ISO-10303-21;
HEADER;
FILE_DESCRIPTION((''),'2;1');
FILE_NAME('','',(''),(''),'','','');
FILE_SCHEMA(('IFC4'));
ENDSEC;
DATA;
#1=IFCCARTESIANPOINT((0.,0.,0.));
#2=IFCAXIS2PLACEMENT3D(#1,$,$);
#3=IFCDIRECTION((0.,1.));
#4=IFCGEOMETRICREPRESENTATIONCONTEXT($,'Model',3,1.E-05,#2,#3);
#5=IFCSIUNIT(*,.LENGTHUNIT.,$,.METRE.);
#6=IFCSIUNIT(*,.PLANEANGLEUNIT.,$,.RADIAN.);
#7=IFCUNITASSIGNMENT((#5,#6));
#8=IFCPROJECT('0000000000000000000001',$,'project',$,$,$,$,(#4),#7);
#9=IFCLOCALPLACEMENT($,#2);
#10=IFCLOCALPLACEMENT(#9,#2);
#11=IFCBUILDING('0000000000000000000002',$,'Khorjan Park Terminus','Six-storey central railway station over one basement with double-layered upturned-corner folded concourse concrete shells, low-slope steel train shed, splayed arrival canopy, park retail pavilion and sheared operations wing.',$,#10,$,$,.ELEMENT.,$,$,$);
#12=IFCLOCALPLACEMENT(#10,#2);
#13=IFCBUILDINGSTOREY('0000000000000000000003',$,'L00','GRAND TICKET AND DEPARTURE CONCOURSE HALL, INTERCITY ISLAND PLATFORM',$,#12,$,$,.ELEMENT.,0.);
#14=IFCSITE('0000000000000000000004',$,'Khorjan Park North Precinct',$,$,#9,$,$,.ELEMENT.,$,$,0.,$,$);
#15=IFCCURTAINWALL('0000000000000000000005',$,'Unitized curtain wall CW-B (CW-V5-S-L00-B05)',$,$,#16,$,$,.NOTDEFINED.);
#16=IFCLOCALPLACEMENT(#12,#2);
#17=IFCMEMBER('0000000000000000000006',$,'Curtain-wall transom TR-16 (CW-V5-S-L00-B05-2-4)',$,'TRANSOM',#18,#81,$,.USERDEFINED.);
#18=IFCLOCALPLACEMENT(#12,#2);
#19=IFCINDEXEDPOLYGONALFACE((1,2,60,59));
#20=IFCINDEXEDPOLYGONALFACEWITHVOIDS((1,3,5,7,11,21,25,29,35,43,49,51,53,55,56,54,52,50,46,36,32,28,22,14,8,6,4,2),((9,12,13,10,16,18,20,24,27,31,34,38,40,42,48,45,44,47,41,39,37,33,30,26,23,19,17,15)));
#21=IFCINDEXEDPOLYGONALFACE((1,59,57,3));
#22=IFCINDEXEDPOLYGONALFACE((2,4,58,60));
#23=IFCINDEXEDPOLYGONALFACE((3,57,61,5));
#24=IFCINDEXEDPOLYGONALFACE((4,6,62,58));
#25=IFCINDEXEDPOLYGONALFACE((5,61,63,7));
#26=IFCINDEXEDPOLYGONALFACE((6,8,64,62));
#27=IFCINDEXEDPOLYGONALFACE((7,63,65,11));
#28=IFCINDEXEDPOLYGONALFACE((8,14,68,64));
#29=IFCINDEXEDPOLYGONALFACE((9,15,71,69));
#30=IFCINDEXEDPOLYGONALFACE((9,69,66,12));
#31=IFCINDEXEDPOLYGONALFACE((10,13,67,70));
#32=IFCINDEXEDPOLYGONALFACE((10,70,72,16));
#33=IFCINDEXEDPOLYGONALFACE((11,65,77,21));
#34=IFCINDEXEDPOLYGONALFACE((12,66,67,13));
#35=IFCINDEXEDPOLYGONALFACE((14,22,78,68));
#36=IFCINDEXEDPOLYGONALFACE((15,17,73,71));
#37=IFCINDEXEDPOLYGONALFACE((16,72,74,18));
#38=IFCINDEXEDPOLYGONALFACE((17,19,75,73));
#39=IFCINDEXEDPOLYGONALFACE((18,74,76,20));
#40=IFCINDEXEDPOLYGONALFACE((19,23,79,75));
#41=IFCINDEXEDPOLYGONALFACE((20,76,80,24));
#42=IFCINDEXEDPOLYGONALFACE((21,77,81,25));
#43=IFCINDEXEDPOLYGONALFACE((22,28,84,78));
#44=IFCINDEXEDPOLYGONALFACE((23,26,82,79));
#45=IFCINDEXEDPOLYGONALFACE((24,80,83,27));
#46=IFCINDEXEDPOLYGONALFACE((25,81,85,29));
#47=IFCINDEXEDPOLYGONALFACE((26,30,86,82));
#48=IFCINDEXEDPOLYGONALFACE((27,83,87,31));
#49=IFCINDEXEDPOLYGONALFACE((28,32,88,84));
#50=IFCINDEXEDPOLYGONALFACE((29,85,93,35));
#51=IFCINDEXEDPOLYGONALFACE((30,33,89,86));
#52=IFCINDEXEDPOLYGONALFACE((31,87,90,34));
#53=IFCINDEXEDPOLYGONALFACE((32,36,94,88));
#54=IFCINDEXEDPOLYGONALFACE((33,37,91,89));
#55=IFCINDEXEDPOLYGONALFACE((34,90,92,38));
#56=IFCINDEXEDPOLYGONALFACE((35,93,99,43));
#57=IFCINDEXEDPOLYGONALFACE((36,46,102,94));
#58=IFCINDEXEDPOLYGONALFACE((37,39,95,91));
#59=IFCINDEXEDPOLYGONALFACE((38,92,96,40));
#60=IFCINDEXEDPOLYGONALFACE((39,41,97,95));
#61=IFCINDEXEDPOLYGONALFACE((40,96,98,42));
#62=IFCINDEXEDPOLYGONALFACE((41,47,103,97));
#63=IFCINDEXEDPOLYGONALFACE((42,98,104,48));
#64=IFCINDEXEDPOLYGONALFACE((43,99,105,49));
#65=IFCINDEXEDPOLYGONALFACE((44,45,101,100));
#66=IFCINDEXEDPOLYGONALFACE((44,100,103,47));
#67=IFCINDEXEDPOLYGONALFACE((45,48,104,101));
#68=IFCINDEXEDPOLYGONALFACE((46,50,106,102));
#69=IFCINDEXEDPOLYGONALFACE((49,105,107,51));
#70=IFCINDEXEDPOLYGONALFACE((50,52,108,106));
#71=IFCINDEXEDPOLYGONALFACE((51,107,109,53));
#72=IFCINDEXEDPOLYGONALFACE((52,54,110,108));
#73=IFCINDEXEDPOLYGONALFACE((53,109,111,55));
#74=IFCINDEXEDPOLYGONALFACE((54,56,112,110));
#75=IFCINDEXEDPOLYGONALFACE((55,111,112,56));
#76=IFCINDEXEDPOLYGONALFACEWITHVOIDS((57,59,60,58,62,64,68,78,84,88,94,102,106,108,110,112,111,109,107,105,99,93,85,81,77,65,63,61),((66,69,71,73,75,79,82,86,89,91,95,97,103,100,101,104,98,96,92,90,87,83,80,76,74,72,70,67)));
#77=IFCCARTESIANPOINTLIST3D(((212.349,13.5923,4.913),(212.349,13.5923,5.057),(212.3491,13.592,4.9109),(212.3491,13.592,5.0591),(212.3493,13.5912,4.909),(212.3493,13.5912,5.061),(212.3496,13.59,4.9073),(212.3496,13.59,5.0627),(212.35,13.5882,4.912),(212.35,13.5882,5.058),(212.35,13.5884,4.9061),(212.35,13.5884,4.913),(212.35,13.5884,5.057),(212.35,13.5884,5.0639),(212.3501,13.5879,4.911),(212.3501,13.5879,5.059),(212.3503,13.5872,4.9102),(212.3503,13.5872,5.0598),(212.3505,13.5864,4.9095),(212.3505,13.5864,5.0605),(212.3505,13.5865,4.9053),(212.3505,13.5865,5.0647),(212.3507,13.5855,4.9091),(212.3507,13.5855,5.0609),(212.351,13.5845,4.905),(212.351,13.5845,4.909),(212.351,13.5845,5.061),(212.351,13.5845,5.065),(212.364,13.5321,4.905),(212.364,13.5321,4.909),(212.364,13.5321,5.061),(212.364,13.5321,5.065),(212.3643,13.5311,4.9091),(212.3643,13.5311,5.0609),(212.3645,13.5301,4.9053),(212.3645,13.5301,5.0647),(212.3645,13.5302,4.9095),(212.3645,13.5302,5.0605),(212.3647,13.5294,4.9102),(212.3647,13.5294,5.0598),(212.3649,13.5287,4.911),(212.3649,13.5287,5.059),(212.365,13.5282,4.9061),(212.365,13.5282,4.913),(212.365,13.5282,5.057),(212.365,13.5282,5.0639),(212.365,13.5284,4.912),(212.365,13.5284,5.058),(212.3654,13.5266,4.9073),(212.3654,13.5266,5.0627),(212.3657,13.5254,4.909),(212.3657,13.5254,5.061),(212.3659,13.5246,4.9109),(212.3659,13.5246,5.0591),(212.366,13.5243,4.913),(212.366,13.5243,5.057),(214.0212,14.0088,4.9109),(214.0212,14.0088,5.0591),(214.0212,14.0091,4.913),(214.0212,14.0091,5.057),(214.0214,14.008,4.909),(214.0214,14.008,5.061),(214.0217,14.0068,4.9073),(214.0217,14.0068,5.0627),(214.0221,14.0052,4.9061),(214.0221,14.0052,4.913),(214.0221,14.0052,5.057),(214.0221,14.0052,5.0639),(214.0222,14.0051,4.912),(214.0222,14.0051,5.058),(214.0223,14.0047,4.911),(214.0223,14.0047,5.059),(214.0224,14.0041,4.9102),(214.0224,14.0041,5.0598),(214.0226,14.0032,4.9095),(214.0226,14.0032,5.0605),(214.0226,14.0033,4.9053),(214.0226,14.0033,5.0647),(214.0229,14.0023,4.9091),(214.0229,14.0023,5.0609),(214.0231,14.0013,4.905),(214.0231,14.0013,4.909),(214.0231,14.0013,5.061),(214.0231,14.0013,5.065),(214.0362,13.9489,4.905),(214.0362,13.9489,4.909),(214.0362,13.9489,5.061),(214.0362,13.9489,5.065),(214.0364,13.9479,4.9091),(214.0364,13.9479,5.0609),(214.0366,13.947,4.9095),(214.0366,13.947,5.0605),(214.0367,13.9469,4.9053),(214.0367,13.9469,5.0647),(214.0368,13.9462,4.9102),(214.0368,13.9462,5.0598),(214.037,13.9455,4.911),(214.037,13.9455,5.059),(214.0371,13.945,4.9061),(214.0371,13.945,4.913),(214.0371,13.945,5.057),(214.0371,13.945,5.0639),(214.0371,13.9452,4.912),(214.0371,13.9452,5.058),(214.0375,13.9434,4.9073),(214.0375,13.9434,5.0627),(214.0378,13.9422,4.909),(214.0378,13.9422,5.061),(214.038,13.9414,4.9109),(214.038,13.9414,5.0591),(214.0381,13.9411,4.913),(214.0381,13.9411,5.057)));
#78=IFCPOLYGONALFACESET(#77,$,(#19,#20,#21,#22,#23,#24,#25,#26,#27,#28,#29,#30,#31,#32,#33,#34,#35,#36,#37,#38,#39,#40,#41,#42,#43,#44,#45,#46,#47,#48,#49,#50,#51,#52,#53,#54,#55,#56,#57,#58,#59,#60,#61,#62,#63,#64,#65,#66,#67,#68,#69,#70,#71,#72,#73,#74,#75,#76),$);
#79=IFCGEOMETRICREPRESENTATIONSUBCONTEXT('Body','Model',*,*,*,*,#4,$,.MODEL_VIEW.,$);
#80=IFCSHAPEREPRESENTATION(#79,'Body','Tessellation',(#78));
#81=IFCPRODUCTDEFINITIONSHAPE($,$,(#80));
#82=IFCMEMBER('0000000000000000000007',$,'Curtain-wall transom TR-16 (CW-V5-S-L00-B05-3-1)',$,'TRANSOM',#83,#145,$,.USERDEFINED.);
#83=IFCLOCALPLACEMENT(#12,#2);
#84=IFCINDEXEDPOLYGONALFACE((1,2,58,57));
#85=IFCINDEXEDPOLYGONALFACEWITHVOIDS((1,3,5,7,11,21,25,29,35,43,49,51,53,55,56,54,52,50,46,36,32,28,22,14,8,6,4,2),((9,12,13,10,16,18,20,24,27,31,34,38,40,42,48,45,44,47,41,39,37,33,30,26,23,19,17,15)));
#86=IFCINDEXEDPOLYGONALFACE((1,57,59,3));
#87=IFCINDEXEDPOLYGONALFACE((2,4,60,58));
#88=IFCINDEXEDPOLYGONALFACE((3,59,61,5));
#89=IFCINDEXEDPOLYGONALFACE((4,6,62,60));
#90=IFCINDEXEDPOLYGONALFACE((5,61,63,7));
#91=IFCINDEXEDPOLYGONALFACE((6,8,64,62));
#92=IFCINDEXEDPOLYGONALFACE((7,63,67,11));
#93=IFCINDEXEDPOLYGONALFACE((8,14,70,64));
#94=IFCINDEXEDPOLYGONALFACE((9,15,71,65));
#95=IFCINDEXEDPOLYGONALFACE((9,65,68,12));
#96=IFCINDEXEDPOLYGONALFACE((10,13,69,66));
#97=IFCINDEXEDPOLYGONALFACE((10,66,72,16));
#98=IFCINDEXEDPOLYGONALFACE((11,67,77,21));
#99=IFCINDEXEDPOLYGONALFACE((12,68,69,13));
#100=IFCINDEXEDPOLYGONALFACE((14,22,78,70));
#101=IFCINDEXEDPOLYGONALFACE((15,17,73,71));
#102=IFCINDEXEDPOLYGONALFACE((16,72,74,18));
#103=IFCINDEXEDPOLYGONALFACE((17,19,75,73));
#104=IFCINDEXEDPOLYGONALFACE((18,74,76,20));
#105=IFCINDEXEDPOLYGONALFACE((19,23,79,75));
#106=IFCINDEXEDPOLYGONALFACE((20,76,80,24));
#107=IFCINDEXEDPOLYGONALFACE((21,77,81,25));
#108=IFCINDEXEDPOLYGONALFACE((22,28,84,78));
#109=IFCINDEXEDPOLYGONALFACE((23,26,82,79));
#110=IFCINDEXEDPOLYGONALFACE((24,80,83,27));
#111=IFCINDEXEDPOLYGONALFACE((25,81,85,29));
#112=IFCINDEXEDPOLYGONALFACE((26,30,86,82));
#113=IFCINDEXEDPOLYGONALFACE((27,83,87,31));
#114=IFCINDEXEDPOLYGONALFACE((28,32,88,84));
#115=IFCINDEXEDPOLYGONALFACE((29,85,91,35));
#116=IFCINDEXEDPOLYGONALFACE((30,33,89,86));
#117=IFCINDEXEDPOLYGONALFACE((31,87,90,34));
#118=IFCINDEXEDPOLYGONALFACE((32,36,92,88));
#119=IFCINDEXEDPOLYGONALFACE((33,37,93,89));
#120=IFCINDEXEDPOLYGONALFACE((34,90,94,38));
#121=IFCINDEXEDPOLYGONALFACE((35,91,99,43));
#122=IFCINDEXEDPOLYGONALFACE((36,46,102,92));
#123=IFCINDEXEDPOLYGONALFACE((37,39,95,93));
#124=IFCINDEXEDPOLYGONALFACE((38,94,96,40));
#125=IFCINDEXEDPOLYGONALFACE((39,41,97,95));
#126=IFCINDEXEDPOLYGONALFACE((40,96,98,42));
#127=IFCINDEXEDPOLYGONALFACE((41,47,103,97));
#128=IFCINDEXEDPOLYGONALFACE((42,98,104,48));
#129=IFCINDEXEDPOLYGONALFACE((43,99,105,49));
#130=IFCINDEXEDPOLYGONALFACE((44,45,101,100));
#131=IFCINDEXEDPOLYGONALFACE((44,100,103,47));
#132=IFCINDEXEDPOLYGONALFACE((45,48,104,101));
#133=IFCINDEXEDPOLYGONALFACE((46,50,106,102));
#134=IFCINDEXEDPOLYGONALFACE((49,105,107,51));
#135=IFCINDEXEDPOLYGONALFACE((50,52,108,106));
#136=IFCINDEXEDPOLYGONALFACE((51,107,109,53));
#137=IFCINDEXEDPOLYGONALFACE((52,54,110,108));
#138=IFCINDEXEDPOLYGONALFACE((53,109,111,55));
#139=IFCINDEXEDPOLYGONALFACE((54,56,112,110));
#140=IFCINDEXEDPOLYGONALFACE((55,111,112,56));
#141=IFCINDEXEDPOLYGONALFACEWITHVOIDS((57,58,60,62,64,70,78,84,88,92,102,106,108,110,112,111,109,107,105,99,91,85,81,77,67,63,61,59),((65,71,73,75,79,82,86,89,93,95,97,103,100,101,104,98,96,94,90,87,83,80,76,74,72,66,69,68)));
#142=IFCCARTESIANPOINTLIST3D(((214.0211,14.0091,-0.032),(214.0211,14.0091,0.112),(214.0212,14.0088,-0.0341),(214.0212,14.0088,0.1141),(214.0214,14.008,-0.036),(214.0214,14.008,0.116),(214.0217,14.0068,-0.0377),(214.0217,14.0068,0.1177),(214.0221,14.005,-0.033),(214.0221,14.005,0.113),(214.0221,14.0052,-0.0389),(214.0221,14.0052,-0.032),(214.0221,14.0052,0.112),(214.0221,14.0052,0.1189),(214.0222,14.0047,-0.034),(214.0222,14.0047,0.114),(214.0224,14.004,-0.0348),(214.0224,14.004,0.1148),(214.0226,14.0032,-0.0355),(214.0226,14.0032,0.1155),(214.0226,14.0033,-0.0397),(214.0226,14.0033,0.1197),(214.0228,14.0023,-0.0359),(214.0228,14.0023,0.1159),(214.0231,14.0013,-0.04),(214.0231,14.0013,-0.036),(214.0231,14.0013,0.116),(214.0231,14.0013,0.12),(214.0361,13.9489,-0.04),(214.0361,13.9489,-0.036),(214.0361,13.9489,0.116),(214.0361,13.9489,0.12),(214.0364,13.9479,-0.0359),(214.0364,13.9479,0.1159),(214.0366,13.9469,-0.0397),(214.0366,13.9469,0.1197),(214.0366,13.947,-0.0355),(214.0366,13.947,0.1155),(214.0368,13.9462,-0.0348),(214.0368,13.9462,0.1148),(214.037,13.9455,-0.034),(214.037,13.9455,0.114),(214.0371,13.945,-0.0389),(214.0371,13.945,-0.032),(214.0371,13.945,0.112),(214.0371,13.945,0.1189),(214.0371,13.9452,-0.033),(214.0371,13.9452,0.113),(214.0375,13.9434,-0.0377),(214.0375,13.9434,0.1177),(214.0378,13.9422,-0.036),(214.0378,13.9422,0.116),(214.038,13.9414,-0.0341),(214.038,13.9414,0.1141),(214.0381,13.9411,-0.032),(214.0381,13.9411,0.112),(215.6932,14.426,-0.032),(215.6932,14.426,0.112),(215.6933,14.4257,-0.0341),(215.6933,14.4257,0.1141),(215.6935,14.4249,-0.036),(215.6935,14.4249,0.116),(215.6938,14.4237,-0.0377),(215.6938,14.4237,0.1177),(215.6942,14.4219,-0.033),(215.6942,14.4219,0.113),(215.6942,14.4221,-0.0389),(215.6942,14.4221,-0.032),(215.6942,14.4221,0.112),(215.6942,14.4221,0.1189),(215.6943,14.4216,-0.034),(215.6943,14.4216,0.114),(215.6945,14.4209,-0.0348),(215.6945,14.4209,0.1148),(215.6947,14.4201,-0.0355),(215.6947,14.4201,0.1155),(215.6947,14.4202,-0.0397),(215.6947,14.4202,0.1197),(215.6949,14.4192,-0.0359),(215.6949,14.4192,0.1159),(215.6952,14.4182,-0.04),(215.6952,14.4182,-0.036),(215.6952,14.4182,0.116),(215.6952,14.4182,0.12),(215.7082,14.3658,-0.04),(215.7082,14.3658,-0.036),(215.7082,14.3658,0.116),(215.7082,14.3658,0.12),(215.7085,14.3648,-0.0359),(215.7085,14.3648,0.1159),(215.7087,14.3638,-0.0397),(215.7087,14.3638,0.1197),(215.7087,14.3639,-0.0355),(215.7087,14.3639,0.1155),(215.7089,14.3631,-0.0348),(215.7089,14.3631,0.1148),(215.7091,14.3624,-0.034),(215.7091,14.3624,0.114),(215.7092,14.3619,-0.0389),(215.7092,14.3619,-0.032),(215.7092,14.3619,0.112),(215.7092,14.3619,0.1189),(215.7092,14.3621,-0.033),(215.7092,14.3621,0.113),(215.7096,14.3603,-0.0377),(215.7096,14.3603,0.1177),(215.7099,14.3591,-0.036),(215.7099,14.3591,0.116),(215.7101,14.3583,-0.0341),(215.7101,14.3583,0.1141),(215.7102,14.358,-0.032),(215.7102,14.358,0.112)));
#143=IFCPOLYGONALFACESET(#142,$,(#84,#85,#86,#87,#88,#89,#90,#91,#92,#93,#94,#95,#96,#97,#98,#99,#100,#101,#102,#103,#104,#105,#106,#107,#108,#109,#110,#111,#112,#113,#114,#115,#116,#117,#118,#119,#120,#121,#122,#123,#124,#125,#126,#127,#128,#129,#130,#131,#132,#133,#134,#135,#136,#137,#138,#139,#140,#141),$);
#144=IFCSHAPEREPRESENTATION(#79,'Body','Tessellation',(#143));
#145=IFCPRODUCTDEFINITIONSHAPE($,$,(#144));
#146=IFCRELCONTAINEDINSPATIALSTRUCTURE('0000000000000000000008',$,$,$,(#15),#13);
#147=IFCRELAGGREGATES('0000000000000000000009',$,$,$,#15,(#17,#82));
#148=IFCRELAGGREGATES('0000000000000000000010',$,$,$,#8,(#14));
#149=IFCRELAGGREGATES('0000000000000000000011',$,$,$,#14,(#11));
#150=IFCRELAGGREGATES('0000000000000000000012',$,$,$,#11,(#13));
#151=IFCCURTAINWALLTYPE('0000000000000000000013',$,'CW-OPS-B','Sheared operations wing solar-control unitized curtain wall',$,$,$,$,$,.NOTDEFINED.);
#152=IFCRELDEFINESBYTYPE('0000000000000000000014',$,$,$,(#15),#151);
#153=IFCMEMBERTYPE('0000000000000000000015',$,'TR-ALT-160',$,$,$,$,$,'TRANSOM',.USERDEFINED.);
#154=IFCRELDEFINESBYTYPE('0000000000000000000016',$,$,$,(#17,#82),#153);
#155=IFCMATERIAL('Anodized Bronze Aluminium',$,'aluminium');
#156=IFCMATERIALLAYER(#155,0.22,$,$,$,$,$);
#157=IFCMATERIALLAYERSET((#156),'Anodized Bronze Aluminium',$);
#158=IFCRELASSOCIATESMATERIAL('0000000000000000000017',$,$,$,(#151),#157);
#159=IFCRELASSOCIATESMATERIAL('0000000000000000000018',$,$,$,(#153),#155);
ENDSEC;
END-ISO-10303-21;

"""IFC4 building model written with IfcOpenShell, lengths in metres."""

from ifc_helpers import new_model, si_unit, direction, frame, origin, origin_2d, place, context, subcontext, project, spatial, hollow_rectangle, extrude, material, layer, layer_set, material_profile, profile_set, type_object, element, aggregate, save


model = new_model("IFC4")

# Units and contexts
model_context = context("Model", 3, precision=1e-05, world=origin(), true_north=direction((0.0, 1.0)))
body_context = subcontext(model_context, "Body", "Model", "MODEL_VIEW")
ifc_project = project(units=[si_unit("LENGTHUNIT", "METRE"), si_unit("PLANEANGLEUNIT", "RADIAN")], contexts=[model_context])

# Site, building, storey
site_placement = place(None, origin())
site = spatial("IfcSite", under=ifc_project, at=site_placement, Name="Khorjan Park North Precinct", CompositionType="ELEMENT", RefElevation=0.0)
building_placement = place(site_placement, origin())
building = spatial("IfcBuilding", under=site, at=building_placement, Name="Khorjan Park Terminus", Description="Six-storey central railway station over one basement with double-layered upturned-corner folded concourse concrete shells, low-slope steel train shed, splayed arrival canopy, park retail pavilion and sheared operations wing.", CompositionType="ELEMENT")
storey_placement = place(building_placement, origin())
storey = spatial("IfcBuildingStorey", under=building, at=storey_placement, Name="L00", Description="GRAND TICKET AND DEPARTURE CONCOURSE HALL, INTERCITY ISLAND PLATFORM", CompositionType="ELEMENT", Elevation=0.0)

# Curtain wall, members
ifc_material_1 = material(Name="Anodized Bronze Aluminium", Category="aluminium")
ifc_layer_1 = layer(ifc_material_1, 0.22)
ifc_layer_set_1 = layer_set([ifc_layer_1], Name="Anodized Bronze Aluminium")
curtain_wall_type = type_object("IfcCurtainWallType", Name="CW-OPS-B", Description="Sheared operations wing solar-control unitized curtain wall", PredefinedType="NOTDEFINED", material=ifc_layer_set_1)
curtain_wall_placement = place(storey_placement, origin())
curtain_wall = element("IfcCurtainWall", 1, at=curtain_wall_placement, inside=storey, type_object=curtain_wall_type, Name="Unitized curtain wall CW-B (CW-V5-S-L00-B05)", PredefinedType="NOTDEFINED")
ifc_material_profile_1 = material_profile(ifc_material_1, hollow_rectangle(XDim=0.07, YDim=0.16, WallThickness=0.004, InnerFilletRadius=0.004, OuterFilletRadius=0.008, at=origin_2d()), Name="ALT 70x160x4")
ifc_profile_set_1 = profile_set([ifc_material_profile_1], Name="Anodized Bronze Aluminium")
member_type_1 = type_object("IfcMemberType", Name="TR-ALT-160", ElementType="TRANSOM", PredefinedType="USERDEFINED", material=ifc_profile_set_1)
member_1_placement = place(storey_placement, frame((212.3575, 13.5583, 4.985), z_axis=(0.97031, 0.241867, 0.0), x_axis=(-0.241867, 0.97031, 0.0)))
member_1 = element("IfcMember", 2, at=member_1_placement, type_object=member_type_1, Name="Curtain-wall transom TR-16 (CW-V5-S-L00-B05-2-4)", ObjectType="TRANSOM", PredefinedType="USERDEFINED", context=body_context, shape_type="SweptSolid", body=[
    extrude(hollow_rectangle(XDim=0.07, YDim=0.16, WallThickness=0.004, InnerFilletRadius=0.004, OuterFilletRadius=0.008, at=origin_2d()), origin(), (0.0, 0.0, 1.0), 1.7233),
])
member_2_placement = place(storey_placement, frame((214.0296, 13.9751, 0.04), z_axis=(0.970296, 0.241921, 0.0), x_axis=(-0.241921, 0.970296, 0.0)))
member_2 = element("IfcMember", 3, at=member_2_placement, type_object=member_type_1, Name="Curtain-wall transom TR-16 (CW-V5-S-L00-B05-3-1)", ObjectType="TRANSOM", PredefinedType="USERDEFINED", context=body_context, shape_type="SweptSolid", body=[
    extrude(hollow_rectangle(XDim=0.07, YDim=0.16, WallThickness=0.004, InnerFilletRadius=0.004, OuterFilletRadius=0.008, at=origin_2d()), origin(), (0.0, 0.0, 1.0), 1.7233),
])
aggregate(curtain_wall, [member_1, member_2])

save(model, "model.ifc")
